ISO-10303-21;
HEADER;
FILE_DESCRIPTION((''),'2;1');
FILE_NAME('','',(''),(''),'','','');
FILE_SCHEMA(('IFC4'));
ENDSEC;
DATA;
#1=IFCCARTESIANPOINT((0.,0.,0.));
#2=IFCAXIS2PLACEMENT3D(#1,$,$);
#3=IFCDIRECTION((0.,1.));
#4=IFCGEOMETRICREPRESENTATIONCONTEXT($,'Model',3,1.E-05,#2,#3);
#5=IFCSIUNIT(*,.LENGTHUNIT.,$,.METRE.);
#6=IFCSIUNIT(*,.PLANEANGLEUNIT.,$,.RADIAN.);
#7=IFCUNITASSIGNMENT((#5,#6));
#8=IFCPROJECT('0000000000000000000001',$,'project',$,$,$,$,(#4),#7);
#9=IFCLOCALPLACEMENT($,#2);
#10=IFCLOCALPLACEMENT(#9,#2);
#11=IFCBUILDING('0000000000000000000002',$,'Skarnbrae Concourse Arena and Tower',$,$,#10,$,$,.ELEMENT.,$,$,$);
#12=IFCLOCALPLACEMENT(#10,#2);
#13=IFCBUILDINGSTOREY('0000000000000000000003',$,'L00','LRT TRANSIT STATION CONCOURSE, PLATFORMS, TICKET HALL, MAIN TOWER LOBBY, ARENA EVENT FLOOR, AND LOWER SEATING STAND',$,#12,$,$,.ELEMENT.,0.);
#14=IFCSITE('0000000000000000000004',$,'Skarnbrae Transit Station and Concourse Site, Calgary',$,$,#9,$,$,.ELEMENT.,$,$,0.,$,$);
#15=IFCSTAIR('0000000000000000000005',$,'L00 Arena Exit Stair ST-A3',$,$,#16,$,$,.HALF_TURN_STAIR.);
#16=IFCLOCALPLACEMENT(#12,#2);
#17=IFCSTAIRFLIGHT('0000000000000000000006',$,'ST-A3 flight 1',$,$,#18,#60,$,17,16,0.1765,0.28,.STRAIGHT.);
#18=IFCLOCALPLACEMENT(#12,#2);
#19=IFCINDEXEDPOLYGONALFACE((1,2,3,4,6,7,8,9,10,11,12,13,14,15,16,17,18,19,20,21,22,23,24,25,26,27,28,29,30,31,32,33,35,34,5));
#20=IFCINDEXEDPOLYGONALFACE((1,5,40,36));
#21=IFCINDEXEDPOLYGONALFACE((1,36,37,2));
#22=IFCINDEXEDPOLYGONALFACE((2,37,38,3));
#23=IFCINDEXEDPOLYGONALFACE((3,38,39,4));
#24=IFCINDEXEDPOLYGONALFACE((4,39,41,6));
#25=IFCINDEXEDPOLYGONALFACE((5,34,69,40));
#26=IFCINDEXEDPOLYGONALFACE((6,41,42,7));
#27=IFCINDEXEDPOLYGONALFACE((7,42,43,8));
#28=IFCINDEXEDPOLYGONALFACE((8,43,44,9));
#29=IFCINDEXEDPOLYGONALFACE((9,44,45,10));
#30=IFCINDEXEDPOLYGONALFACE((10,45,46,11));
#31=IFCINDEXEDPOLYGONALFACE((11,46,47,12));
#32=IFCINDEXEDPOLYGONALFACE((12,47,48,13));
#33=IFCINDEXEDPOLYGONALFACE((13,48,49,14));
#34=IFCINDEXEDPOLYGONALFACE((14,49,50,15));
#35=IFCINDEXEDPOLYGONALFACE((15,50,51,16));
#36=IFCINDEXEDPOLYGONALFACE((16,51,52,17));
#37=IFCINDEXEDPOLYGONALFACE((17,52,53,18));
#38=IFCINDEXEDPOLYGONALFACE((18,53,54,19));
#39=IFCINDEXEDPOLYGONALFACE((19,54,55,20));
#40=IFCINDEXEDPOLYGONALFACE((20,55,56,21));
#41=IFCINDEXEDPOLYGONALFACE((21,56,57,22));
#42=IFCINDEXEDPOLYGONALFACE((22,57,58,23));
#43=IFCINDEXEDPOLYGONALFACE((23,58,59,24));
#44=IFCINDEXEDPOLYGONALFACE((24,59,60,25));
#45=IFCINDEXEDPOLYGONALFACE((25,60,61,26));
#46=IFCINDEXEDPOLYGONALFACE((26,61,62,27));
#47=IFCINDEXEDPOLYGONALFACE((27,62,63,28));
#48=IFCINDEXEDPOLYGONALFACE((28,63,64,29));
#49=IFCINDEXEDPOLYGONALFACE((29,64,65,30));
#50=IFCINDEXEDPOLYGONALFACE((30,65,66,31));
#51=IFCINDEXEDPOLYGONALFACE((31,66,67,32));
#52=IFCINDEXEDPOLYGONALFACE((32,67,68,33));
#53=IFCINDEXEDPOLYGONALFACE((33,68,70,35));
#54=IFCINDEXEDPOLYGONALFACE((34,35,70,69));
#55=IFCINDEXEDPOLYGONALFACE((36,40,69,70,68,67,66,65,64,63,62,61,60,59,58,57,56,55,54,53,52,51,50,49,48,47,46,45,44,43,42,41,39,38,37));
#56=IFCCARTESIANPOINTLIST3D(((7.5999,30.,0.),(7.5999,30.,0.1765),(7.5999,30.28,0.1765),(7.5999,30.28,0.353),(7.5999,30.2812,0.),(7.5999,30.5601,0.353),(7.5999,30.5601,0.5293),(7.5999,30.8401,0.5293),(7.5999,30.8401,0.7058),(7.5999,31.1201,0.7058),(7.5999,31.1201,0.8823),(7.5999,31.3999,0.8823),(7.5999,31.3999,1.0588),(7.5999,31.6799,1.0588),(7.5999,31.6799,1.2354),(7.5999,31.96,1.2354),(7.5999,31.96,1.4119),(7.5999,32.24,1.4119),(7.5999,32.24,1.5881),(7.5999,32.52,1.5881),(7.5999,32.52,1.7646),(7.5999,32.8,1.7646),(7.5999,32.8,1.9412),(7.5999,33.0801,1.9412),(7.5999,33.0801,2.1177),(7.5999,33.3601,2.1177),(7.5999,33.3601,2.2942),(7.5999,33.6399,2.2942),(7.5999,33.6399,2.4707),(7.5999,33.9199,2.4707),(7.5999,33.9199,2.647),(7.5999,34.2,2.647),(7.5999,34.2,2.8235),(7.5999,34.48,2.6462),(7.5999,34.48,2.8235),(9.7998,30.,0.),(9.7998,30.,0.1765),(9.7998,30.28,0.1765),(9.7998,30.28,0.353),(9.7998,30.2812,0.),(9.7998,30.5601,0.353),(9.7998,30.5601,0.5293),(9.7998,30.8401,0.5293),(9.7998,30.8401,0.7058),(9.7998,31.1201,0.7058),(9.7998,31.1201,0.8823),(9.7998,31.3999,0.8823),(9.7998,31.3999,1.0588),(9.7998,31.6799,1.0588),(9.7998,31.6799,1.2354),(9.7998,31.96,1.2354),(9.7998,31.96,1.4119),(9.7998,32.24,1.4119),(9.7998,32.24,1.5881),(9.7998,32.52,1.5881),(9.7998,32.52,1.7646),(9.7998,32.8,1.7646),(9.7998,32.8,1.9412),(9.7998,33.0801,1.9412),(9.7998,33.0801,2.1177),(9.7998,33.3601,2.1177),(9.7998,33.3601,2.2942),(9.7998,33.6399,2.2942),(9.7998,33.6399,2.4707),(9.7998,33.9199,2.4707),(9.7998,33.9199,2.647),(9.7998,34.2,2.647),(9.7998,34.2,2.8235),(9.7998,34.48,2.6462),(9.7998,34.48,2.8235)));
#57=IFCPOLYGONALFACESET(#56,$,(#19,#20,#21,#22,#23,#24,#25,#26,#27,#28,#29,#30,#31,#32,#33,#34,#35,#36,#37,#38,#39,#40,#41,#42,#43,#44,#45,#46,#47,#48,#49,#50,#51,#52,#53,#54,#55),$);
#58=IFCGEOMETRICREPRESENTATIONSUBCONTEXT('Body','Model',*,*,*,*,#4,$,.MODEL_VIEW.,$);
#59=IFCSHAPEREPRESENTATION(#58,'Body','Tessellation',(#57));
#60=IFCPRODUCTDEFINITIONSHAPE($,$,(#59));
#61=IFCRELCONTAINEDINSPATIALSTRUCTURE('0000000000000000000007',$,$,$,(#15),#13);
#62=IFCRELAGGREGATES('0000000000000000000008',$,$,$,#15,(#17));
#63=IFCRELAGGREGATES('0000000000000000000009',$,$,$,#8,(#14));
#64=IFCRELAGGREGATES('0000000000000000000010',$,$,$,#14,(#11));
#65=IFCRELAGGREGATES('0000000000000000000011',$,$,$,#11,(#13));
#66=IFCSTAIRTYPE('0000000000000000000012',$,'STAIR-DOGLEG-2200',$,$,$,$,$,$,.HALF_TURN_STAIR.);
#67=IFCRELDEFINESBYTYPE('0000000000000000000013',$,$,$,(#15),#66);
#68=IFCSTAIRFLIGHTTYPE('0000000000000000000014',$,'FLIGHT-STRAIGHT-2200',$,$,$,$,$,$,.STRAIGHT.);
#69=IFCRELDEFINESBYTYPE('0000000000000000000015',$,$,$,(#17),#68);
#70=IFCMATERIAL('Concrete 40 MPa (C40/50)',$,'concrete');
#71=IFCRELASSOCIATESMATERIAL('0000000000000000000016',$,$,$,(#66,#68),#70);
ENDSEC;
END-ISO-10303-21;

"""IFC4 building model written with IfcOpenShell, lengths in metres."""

from ifc_helpers import new_model, si_unit, direction, frame, origin, place, context, subcontext, project, spatial, polyline, outline, extrude, source, transform, mapped, material, type_object, element, aggregate, save


model = new_model("IFC4")

# Units and contexts
model_context = context("Model", 3, precision=1e-05, world=origin(), true_north=direction((0.0, 1.0)))
body_context = subcontext(model_context, "Body", "Model", "MODEL_VIEW")
ifc_project = project(units=[si_unit("LENGTHUNIT", "METRE"), si_unit("PLANEANGLEUNIT", "RADIAN")], contexts=[model_context])

# Site, building, storey
site_placement = place(None, origin())
site = spatial("IfcSite", under=ifc_project, at=site_placement, Name="Skarnbrae Transit Station and Concourse Site, Calgary", CompositionType="ELEMENT", RefElevation=0.0)
building_placement = place(site_placement, origin())
building = spatial("IfcBuilding", under=site, at=building_placement, Name="Skarnbrae Concourse Arena and Tower", CompositionType="ELEMENT")
storey_placement = place(building_placement, origin())
storey = spatial("IfcBuildingStorey", under=building, at=storey_placement, Name="L00", Description="LRT TRANSIT STATION CONCOURSE, PLATFORMS, TICKET HALL, MAIN TOWER LOBBY, ARENA EVENT FLOOR, AND LOWER SEATING STAND", CompositionType="ELEMENT", Elevation=0.0)

# Stair, stair flight
ifc_material_1 = material(Name="Concrete 40 MPa (C40/50)", Category="concrete")
stair_type = type_object("IfcStairType", Name="STAIR-DOGLEG-2200", PredefinedType="HALF_TURN_STAIR", material=ifc_material_1)
stair_placement = place(storey_placement, origin())
stair = element("IfcStair", 1, at=stair_placement, inside=storey, type_object=stair_type, Name="L00 Arena Exit Stair ST-A3", PredefinedType="HALF_TURN_STAIR")
stair_flight_type = type_object("IfcStairFlightType", Name="FLIGHT-STRAIGHT-2200", PredefinedType="STRAIGHT", material=ifc_material_1)
shared_shape_1 = source(origin(), body_context, "Body", "SweptSolid", [
    extrude(outline(polyline([(0.0, 0.0), (0.0, 0.1765), (0.28, 0.1765), (0.28, 0.353), (0.5601, 0.353), (0.5601, 0.5293), (0.8401, 0.5293), (0.8401, 0.7058), (1.1201, 0.7058), (1.1201, 0.8823), (1.3999, 0.8823), (1.3999, 1.0588), (1.6799, 1.0588), (1.6799, 1.2354), (1.96, 1.2354), (1.96, 1.4119), (2.24, 1.4119), (2.24, 1.5881), (2.52, 1.5881), (2.52, 1.7646), (2.8, 1.7646), (2.8, 1.9412), (3.0801, 1.9412), (3.0801, 2.1177), (3.3601, 2.1177), (3.3601, 2.2942), (3.6399, 2.2942), (3.6399, 2.4707), (3.9199, 2.4707), (3.9199, 2.647), (4.2, 2.647), (4.2, 2.8235), (4.48, 2.8235), (4.48, 3.0), (4.48, 2.6462), (0.2812, 0.0), (0.0, 0.0)])), frame((0.0, 1.1001, 0.0), z_axis=(0.0, -1.0, 0.0), x_axis=(1.0, 0.0, 0.0)), (0.0, 0.0, 1.0), 2.2),
])
stair_flight_placement = place(storey_placement, frame((8.7, 30.0, 0.0), z_axis=(0.0, 0.0, 1.0), x_axis=(0.0, 1.0, 0.0)))
stair_flight = element("IfcStairFlight", 2, at=stair_flight_placement, type_object=stair_flight_type, Name="ST-A3 flight 1", NumberOfRisers=17, NumberOfTreads=16, PredefinedType="STRAIGHT", RiserHeight=0.1765, TreadLength=0.28, context=body_context, shape_type="MappedRepresentation", body=[
    mapped(shared_shape_1, transform((0.0, 0.0, 0.0))),
])
aggregate(stair, [stair_flight])

save(model, "model.ifc")
